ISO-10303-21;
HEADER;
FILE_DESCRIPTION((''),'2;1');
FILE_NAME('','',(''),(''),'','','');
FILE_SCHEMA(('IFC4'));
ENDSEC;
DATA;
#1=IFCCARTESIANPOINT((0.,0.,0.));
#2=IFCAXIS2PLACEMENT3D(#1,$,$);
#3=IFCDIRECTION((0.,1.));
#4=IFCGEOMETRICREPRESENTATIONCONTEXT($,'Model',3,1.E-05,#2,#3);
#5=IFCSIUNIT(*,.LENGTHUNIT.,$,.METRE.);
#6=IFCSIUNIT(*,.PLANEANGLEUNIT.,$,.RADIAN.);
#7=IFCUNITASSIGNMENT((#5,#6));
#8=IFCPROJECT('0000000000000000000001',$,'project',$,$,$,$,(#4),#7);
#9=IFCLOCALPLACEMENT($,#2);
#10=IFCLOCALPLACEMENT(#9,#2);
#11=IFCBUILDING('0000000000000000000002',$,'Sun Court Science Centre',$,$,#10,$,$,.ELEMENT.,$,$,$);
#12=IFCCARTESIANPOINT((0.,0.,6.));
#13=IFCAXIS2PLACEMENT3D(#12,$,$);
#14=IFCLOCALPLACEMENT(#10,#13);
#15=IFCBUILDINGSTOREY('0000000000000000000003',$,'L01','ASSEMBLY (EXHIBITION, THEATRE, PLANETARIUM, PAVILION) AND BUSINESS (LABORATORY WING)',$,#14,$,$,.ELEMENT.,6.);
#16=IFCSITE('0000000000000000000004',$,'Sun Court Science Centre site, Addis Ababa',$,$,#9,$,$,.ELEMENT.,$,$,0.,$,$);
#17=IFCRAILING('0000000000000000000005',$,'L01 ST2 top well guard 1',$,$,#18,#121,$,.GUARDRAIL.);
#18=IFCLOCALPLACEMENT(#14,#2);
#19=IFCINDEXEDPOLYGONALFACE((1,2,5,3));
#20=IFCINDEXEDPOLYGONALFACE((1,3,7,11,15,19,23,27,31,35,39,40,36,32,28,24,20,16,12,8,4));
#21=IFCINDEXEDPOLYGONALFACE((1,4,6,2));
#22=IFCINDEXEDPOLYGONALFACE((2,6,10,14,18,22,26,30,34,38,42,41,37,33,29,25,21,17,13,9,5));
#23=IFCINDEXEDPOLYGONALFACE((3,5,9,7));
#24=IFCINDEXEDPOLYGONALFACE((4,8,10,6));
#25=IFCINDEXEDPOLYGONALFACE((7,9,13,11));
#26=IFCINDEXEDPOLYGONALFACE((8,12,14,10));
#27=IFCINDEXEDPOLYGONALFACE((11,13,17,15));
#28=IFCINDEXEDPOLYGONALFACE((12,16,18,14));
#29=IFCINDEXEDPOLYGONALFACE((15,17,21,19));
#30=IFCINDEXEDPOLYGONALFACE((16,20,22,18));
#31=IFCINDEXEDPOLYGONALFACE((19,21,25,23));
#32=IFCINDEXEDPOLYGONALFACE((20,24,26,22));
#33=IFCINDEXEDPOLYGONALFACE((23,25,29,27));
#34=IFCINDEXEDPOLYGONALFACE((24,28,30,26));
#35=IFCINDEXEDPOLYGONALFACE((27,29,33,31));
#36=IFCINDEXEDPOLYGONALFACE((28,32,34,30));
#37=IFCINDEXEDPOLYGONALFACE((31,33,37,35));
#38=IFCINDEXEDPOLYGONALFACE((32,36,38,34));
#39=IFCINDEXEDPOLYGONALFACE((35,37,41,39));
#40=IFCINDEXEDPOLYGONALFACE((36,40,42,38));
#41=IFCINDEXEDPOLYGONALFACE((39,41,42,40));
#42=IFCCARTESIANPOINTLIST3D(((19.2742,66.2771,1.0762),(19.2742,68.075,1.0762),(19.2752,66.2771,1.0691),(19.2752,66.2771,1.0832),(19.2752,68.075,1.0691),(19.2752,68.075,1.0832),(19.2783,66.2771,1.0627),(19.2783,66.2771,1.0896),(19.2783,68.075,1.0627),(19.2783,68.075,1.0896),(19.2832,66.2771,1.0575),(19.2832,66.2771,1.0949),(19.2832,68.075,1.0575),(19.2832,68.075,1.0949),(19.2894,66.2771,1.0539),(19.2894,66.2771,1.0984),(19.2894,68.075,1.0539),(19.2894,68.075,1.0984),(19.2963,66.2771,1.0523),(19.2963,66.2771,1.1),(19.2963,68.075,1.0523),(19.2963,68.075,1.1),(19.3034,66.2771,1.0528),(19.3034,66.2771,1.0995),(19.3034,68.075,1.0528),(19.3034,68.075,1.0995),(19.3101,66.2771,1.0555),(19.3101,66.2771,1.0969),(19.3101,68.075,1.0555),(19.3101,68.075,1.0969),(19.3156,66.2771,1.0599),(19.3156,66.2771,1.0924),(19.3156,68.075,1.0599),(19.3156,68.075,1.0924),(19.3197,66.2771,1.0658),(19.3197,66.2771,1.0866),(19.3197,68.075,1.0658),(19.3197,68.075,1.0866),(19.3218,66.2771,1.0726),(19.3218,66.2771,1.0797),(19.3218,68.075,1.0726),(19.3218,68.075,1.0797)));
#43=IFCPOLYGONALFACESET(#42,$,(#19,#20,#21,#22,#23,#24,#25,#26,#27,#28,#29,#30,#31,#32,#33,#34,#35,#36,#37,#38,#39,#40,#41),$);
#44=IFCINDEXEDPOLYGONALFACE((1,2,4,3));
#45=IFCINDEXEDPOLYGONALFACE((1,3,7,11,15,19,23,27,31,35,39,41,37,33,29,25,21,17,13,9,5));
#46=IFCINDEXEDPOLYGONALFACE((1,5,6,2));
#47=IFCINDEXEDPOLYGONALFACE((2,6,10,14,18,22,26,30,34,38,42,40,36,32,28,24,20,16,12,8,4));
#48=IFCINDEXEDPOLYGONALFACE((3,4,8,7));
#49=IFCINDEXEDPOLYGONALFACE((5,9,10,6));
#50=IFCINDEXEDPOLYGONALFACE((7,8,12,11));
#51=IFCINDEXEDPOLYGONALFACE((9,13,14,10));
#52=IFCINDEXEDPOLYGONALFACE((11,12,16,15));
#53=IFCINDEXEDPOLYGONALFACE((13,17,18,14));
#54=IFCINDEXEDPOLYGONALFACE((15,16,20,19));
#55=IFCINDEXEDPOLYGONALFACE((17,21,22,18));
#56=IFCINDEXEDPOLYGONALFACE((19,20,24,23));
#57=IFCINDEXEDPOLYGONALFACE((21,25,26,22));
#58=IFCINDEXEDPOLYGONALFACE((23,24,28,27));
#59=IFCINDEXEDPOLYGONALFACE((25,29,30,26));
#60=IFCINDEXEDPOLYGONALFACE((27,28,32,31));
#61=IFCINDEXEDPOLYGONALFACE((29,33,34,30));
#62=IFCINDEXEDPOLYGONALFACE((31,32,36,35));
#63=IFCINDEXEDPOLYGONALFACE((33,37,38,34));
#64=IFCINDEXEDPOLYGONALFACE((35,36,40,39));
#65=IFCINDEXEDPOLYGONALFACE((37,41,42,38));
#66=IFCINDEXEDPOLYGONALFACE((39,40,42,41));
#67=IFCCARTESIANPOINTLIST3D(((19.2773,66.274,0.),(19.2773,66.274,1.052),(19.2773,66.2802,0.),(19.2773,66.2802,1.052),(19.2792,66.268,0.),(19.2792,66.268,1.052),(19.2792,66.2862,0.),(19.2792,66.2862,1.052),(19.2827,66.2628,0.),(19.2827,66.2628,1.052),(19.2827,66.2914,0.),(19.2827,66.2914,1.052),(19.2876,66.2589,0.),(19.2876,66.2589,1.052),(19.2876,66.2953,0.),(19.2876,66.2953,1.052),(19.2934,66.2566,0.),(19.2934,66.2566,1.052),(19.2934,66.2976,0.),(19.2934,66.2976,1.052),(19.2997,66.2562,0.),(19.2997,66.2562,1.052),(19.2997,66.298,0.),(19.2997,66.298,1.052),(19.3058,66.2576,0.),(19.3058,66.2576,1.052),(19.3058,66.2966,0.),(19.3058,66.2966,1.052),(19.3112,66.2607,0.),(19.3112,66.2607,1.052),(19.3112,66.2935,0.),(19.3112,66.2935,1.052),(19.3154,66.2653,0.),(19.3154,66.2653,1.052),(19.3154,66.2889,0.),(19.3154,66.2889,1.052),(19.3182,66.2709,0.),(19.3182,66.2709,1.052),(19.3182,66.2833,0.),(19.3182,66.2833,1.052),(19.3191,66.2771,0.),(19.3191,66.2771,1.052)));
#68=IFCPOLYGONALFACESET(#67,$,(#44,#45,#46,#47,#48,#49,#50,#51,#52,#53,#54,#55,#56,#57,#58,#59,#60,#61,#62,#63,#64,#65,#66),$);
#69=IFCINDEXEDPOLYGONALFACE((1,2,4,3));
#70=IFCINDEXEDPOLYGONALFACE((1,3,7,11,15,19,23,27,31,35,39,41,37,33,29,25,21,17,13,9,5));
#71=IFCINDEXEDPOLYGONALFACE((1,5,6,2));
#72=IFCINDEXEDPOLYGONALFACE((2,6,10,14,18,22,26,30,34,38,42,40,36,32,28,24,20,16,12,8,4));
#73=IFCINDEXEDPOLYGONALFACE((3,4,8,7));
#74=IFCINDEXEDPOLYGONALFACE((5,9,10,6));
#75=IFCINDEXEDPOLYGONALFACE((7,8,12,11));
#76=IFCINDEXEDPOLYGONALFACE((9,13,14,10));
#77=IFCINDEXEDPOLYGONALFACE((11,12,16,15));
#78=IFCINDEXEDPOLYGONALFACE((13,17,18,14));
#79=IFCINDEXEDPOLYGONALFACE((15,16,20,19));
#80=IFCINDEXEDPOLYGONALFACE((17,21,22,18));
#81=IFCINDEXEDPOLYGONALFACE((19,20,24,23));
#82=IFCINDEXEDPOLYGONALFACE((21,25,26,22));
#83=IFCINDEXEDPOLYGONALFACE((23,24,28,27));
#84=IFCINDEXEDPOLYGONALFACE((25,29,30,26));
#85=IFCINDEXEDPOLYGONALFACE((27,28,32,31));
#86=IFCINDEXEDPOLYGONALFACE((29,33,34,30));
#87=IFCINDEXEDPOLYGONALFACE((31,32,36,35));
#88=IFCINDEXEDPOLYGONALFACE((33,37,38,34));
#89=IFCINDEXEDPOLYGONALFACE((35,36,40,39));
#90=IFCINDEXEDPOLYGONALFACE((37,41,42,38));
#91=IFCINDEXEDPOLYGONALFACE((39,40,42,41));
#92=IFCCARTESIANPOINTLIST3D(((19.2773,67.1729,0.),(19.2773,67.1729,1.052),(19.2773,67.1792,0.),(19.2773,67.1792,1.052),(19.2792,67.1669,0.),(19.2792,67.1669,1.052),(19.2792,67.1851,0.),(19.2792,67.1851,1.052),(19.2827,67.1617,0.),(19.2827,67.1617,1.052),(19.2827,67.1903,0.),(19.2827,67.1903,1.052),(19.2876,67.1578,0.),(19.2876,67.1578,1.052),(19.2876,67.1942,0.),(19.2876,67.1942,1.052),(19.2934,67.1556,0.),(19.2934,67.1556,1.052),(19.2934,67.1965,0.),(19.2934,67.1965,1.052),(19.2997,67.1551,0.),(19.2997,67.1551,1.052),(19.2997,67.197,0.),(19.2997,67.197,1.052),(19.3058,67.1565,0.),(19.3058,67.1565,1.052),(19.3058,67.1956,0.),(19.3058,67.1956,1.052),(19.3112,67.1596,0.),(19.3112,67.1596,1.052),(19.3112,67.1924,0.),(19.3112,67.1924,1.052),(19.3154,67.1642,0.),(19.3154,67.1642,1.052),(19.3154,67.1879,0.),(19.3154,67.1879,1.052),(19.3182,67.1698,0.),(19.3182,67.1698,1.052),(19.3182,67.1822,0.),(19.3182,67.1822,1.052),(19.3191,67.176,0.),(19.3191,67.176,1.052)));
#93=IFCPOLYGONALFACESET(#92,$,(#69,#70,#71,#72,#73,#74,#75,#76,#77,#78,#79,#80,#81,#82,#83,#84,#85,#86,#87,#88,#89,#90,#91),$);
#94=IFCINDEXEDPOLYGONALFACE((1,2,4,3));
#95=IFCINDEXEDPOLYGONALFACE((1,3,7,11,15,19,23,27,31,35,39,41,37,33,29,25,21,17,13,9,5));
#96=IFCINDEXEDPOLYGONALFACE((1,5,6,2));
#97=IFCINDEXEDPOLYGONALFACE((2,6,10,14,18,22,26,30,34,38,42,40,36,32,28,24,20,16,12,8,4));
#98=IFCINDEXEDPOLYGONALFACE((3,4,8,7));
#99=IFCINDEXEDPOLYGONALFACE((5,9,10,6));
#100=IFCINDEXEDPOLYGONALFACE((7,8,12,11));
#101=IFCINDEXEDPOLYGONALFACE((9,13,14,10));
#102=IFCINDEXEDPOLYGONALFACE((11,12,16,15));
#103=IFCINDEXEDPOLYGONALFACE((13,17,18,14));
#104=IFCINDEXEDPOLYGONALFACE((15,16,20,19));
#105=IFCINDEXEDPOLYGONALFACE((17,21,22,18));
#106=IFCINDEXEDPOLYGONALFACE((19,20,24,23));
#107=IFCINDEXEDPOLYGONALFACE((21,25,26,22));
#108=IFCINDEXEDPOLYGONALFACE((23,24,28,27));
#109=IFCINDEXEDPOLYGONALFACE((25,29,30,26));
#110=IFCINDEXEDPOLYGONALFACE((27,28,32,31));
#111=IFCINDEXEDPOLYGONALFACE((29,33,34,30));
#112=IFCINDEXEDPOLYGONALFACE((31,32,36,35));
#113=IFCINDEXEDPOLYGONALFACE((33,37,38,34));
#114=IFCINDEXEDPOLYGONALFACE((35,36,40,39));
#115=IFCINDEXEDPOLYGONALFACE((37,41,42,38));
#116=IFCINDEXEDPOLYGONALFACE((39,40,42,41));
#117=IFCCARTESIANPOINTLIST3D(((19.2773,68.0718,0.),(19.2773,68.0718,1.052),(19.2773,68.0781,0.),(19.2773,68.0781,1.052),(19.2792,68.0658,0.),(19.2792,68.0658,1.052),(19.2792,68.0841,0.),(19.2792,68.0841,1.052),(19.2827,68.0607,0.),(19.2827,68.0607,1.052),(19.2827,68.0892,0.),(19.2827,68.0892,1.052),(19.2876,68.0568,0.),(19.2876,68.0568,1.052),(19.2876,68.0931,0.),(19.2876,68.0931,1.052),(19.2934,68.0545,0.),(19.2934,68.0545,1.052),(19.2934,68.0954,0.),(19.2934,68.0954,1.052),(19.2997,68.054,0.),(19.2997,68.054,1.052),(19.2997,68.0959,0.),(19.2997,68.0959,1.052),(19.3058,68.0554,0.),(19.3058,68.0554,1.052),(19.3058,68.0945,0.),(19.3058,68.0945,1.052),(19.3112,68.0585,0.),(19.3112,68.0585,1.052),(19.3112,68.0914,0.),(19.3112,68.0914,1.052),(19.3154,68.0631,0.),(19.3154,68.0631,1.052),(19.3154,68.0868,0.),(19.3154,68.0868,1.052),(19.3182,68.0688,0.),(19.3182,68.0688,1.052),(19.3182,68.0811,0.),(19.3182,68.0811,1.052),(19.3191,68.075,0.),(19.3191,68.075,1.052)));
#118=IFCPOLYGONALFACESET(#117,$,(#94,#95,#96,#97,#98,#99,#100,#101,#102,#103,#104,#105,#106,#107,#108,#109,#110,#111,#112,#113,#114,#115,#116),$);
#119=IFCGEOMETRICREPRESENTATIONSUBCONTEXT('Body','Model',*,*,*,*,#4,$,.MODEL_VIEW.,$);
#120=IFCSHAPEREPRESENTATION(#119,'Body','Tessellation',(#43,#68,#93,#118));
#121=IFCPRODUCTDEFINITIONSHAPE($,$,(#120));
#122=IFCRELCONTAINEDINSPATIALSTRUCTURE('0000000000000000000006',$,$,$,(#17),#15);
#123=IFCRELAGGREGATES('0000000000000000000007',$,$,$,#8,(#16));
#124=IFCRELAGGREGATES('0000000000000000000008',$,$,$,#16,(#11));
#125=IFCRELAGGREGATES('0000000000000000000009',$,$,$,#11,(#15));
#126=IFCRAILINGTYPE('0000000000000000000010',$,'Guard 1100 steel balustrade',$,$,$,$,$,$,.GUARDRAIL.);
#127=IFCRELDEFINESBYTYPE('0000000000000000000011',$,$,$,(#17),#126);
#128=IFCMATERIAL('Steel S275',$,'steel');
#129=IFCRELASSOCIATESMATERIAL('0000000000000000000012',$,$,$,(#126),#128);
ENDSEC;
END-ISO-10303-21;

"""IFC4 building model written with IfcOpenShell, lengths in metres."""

from ifc_helpers import new_model, si_unit, direction, frame, origin, origin_2d, place, context, subcontext, project, spatial, circle, extrude, material, type_object, element, save


model = new_model("IFC4")

# Units and contexts
model_context = context("Model", 3, precision=1e-05, world=origin(), true_north=direction((0.0, 1.0)))
body_context = subcontext(model_context, "Body", "Model", "MODEL_VIEW")
ifc_project = project(units=[si_unit("LENGTHUNIT", "METRE"), si_unit("PLANEANGLEUNIT", "RADIAN")], contexts=[model_context])

# Site, building, storey
site_placement = place(None, origin())
site = spatial("IfcSite", under=ifc_project, at=site_placement, Name="Sun Court Science Centre site, Addis Ababa", CompositionType="ELEMENT", RefElevation=0.0)
building_placement = place(site_placement, origin())
building = spatial("IfcBuilding", under=site, at=building_placement, Name="Sun Court Science Centre", CompositionType="ELEMENT")
storey_placement = place(building_placement, frame((0.0, 0.0, 6.0)))
storey = spatial("IfcBuildingStorey", under=building, at=storey_placement, Name="L01", Description="ASSEMBLY (EXHIBITION, THEATRE, PLANETARIUM, PAVILION) AND BUSINESS (LABORATORY WING)", CompositionType="ELEMENT", Elevation=6.0)

# Railing
ifc_material_1 = material(Name="Steel S275", Category="steel")
railing_type = type_object("IfcRailingType", Name="Guard 1100 steel balustrade", PredefinedType="GUARDRAIL", material=ifc_material_1)
railing_placement = place(storey_placement, frame((19.2981, 66.2771, 0.0)))
element("IfcRailing", 1, at=railing_placement, inside=storey, type_object=railing_type, Name="L01 ST2 top well guard 1", PredefinedType="GUARDRAIL", context=body_context, shape_type="SweptSolid", body=[
    extrude(circle(Radius=0.0239, at=origin_2d()), frame((0.0, 0.0, 1.0762), z_axis=(0.0, 1.0, 0.0), x_axis=(-1.0, 0.0, 0.0)), (0.0, 0.0, 1.0), 1.7979),
    extrude(circle(Radius=0.021, at=origin_2d()), origin(), (0.0, 0.0, 1.0), 1.052),
    extrude(circle(Radius=0.021, at=origin_2d()), frame((0.0, 0.8989, 0.0)), (0.0, 0.0, 1.0), 1.052),
    extrude(circle(Radius=0.021, at=origin_2d()), frame((0.0, 1.7979, 0.0)), (0.0, 0.0, 1.0), 1.052),
])

save(model, "model.ifc")
